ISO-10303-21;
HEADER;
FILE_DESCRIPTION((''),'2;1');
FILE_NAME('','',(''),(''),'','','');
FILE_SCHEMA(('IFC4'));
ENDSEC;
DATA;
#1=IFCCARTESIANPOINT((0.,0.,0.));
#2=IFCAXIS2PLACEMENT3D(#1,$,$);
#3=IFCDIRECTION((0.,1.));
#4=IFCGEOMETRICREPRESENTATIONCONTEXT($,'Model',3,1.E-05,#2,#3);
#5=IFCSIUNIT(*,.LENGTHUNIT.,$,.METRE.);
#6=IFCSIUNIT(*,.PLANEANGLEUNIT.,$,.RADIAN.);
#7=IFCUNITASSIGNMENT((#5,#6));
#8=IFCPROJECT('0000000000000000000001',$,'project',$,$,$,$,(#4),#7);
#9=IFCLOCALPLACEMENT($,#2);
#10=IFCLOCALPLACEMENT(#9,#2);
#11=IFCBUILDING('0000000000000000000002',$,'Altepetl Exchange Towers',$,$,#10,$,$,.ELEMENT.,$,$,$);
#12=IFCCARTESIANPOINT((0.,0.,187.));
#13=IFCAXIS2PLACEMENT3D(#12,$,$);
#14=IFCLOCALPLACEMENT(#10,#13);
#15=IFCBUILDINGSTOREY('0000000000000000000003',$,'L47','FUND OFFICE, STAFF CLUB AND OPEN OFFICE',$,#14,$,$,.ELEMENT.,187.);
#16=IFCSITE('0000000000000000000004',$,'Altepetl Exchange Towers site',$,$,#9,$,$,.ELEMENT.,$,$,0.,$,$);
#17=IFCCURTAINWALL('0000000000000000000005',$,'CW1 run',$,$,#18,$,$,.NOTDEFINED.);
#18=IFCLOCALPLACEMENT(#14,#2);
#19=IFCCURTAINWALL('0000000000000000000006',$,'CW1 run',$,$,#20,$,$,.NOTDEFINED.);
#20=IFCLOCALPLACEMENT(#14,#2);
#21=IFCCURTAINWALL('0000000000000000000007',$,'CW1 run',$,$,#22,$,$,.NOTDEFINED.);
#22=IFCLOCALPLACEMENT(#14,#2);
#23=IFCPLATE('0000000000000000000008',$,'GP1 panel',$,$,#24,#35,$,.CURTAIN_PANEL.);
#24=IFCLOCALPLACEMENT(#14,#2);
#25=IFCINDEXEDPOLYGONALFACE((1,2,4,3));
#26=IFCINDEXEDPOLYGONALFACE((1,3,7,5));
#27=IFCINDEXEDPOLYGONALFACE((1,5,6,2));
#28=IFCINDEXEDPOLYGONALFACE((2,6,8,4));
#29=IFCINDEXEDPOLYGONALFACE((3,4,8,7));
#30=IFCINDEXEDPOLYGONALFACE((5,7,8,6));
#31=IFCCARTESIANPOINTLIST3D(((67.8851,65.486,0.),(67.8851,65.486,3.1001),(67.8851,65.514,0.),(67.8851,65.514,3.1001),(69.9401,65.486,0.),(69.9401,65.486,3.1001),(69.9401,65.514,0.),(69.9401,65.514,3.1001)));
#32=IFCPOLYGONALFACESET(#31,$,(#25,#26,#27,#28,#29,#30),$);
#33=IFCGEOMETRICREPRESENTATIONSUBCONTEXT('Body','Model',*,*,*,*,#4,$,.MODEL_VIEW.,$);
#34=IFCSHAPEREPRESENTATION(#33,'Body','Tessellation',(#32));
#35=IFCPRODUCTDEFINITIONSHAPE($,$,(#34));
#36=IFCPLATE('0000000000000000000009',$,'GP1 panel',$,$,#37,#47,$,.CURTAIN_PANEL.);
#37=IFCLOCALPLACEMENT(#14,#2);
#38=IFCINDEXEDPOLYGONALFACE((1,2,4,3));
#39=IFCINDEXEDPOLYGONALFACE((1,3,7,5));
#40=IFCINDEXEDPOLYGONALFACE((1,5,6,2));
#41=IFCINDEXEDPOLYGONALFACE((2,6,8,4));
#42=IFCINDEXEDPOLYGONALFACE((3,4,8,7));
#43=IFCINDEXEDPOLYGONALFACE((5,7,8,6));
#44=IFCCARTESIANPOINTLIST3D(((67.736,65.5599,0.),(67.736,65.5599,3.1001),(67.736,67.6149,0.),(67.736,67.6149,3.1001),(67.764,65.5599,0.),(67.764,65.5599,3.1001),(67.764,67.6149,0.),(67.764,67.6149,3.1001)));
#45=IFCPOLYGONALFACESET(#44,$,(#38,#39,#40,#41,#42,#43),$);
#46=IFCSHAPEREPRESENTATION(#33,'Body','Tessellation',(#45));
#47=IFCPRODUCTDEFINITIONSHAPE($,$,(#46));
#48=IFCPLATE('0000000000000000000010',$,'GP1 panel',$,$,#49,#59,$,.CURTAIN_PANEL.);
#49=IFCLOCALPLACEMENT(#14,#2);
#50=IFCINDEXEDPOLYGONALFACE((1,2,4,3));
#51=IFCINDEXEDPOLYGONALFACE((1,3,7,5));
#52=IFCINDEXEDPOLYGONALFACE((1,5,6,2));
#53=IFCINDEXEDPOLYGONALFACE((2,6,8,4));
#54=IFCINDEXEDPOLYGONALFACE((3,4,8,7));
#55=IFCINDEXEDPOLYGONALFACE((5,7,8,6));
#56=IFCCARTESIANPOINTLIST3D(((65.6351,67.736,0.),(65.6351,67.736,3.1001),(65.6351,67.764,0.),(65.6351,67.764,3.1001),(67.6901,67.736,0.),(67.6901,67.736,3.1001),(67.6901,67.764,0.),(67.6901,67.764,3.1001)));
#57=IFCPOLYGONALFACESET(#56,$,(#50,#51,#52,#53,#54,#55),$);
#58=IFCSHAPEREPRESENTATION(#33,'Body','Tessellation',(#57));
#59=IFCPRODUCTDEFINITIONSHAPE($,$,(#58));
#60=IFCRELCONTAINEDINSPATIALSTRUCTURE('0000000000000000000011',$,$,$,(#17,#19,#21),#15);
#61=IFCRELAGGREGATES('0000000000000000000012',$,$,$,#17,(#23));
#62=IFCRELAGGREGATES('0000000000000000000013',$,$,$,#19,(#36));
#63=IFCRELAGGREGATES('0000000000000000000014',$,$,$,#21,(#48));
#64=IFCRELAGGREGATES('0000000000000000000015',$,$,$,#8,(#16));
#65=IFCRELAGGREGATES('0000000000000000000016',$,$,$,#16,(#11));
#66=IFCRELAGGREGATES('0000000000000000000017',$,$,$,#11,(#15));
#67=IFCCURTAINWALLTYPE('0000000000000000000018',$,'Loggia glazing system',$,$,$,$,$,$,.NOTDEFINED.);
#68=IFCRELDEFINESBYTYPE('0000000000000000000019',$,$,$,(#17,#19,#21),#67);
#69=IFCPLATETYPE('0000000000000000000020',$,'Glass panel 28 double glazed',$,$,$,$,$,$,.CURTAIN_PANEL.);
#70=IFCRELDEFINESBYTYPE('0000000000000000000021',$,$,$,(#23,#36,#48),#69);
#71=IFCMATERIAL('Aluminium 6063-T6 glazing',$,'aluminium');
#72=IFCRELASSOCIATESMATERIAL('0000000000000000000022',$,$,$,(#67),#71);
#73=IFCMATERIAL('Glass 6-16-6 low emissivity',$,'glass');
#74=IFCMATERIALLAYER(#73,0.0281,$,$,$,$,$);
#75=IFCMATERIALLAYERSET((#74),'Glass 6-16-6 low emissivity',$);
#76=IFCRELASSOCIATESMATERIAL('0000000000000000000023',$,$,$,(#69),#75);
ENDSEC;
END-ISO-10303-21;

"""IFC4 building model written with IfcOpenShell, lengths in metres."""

from ifc_helpers import new_model, si_unit, direction, frame, origin, origin_2d, place, context, subcontext, project, spatial, rectangle, extrude, material, layer, layer_set, type_object, element, aggregate, save


model = new_model("IFC4")

# Units and contexts
model_context = context("Model", 3, precision=1e-05, world=origin(), true_north=direction((0.0, 1.0)))
body_context = subcontext(model_context, "Body", "Model", "MODEL_VIEW")
ifc_project = project(units=[si_unit("LENGTHUNIT", "METRE"), si_unit("PLANEANGLEUNIT", "RADIAN")], contexts=[model_context])

# Site, building, storey
site_placement = place(None, origin())
site = spatial("IfcSite", under=ifc_project, at=site_placement, Name="Altepetl Exchange Towers site", CompositionType="ELEMENT", RefElevation=0.0)
building_placement = place(site_placement, origin())
building = spatial("IfcBuilding", under=site, at=building_placement, Name="Altepetl Exchange Towers", CompositionType="ELEMENT")
storey_placement = place(building_placement, frame((0.0, 0.0, 187.0)))
storey = spatial("IfcBuildingStorey", under=building, at=storey_placement, Name="L47", Description="FUND OFFICE, STAFF CLUB AND OPEN OFFICE", CompositionType="ELEMENT", Elevation=187.0)

# Curtain walls
ifc_material_1 = material(Name="Aluminium 6063-T6 glazing", Category="aluminium")
curtain_wall_type = type_object("IfcCurtainWallType", Name="Loggia glazing system", PredefinedType="NOTDEFINED", material=ifc_material_1)
curtain_wall_1_placement = place(storey_placement, origin())
curtain_wall_1 = element("IfcCurtainWall", 1, at=curtain_wall_1_placement, inside=storey, type_object=curtain_wall_type, Name="CW1 run", PredefinedType="NOTDEFINED")
curtain_wall_2_placement = place(storey_placement, origin())
curtain_wall_2 = element("IfcCurtainWall", 2, at=curtain_wall_2_placement, inside=storey, type_object=curtain_wall_type, Name="CW1 run", PredefinedType="NOTDEFINED")
curtain_wall_3_placement = place(storey_placement, origin())
curtain_wall_3 = element("IfcCurtainWall", 3, at=curtain_wall_3_placement, inside=storey, type_object=curtain_wall_type, Name="CW1 run", PredefinedType="NOTDEFINED")

# Plates
ifc_material_2 = material(Name="Glass 6-16-6 low emissivity", Category="glass")
ifc_layer = layer(ifc_material_2, 0.0281)
ifc_layer_set = layer_set([ifc_layer], Name="Glass 6-16-6 low emissivity")
plate_type = type_object("IfcPlateType", Name="Glass panel 28 double glazed", PredefinedType="CURTAIN_PANEL", material=ifc_layer_set)
plate_1_placement = place(storey_placement, frame((68.9126, 65.5, 0.0), z_axis=(0.0, 0.0, 1.0), x_axis=(-1.0, 0.0, 0.0)))
plate_1 = element("IfcPlate", 4, at=plate_1_placement, type_object=plate_type, Name="GP1 panel", PredefinedType="CURTAIN_PANEL", context=body_context, shape_type="SweptSolid", body=[
    extrude(rectangle(XDim=2.0549, YDim=0.0281, at=origin_2d()), origin(), (0.0, 0.0, 1.0), 3.1001),
])
aggregate(curtain_wall_1, [plate_1])
plate_2_placement = place(storey_placement, frame((67.75, 66.5874, 0.0), z_axis=(0.0, 0.0, 1.0), x_axis=(0.0, 1.0, 0.0)))
plate_2 = element("IfcPlate", 5, at=plate_2_placement, type_object=plate_type, Name="GP1 panel", PredefinedType="CURTAIN_PANEL", context=body_context, shape_type="SweptSolid", body=[
    extrude(rectangle(XDim=2.0549, YDim=0.0281, at=origin_2d()), origin(), (0.0, 0.0, 1.0), 3.1001),
])
aggregate(curtain_wall_2, [plate_2])
plate_3_placement = place(storey_placement, frame((66.6626, 67.75, 0.0), z_axis=(0.0, 0.0, 1.0), x_axis=(-1.0, 0.0, 0.0)))
plate_3 = element("IfcPlate", 6, at=plate_3_placement, type_object=plate_type, Name="GP1 panel", PredefinedType="CURTAIN_PANEL", context=body_context, shape_type="SweptSolid", body=[
    extrude(rectangle(XDim=2.0549, YDim=0.0281, at=origin_2d()), origin(), (0.0, 0.0, 1.0), 3.1001),
])
aggregate(curtain_wall_3, [plate_3])

save(model, "model.ifc")
